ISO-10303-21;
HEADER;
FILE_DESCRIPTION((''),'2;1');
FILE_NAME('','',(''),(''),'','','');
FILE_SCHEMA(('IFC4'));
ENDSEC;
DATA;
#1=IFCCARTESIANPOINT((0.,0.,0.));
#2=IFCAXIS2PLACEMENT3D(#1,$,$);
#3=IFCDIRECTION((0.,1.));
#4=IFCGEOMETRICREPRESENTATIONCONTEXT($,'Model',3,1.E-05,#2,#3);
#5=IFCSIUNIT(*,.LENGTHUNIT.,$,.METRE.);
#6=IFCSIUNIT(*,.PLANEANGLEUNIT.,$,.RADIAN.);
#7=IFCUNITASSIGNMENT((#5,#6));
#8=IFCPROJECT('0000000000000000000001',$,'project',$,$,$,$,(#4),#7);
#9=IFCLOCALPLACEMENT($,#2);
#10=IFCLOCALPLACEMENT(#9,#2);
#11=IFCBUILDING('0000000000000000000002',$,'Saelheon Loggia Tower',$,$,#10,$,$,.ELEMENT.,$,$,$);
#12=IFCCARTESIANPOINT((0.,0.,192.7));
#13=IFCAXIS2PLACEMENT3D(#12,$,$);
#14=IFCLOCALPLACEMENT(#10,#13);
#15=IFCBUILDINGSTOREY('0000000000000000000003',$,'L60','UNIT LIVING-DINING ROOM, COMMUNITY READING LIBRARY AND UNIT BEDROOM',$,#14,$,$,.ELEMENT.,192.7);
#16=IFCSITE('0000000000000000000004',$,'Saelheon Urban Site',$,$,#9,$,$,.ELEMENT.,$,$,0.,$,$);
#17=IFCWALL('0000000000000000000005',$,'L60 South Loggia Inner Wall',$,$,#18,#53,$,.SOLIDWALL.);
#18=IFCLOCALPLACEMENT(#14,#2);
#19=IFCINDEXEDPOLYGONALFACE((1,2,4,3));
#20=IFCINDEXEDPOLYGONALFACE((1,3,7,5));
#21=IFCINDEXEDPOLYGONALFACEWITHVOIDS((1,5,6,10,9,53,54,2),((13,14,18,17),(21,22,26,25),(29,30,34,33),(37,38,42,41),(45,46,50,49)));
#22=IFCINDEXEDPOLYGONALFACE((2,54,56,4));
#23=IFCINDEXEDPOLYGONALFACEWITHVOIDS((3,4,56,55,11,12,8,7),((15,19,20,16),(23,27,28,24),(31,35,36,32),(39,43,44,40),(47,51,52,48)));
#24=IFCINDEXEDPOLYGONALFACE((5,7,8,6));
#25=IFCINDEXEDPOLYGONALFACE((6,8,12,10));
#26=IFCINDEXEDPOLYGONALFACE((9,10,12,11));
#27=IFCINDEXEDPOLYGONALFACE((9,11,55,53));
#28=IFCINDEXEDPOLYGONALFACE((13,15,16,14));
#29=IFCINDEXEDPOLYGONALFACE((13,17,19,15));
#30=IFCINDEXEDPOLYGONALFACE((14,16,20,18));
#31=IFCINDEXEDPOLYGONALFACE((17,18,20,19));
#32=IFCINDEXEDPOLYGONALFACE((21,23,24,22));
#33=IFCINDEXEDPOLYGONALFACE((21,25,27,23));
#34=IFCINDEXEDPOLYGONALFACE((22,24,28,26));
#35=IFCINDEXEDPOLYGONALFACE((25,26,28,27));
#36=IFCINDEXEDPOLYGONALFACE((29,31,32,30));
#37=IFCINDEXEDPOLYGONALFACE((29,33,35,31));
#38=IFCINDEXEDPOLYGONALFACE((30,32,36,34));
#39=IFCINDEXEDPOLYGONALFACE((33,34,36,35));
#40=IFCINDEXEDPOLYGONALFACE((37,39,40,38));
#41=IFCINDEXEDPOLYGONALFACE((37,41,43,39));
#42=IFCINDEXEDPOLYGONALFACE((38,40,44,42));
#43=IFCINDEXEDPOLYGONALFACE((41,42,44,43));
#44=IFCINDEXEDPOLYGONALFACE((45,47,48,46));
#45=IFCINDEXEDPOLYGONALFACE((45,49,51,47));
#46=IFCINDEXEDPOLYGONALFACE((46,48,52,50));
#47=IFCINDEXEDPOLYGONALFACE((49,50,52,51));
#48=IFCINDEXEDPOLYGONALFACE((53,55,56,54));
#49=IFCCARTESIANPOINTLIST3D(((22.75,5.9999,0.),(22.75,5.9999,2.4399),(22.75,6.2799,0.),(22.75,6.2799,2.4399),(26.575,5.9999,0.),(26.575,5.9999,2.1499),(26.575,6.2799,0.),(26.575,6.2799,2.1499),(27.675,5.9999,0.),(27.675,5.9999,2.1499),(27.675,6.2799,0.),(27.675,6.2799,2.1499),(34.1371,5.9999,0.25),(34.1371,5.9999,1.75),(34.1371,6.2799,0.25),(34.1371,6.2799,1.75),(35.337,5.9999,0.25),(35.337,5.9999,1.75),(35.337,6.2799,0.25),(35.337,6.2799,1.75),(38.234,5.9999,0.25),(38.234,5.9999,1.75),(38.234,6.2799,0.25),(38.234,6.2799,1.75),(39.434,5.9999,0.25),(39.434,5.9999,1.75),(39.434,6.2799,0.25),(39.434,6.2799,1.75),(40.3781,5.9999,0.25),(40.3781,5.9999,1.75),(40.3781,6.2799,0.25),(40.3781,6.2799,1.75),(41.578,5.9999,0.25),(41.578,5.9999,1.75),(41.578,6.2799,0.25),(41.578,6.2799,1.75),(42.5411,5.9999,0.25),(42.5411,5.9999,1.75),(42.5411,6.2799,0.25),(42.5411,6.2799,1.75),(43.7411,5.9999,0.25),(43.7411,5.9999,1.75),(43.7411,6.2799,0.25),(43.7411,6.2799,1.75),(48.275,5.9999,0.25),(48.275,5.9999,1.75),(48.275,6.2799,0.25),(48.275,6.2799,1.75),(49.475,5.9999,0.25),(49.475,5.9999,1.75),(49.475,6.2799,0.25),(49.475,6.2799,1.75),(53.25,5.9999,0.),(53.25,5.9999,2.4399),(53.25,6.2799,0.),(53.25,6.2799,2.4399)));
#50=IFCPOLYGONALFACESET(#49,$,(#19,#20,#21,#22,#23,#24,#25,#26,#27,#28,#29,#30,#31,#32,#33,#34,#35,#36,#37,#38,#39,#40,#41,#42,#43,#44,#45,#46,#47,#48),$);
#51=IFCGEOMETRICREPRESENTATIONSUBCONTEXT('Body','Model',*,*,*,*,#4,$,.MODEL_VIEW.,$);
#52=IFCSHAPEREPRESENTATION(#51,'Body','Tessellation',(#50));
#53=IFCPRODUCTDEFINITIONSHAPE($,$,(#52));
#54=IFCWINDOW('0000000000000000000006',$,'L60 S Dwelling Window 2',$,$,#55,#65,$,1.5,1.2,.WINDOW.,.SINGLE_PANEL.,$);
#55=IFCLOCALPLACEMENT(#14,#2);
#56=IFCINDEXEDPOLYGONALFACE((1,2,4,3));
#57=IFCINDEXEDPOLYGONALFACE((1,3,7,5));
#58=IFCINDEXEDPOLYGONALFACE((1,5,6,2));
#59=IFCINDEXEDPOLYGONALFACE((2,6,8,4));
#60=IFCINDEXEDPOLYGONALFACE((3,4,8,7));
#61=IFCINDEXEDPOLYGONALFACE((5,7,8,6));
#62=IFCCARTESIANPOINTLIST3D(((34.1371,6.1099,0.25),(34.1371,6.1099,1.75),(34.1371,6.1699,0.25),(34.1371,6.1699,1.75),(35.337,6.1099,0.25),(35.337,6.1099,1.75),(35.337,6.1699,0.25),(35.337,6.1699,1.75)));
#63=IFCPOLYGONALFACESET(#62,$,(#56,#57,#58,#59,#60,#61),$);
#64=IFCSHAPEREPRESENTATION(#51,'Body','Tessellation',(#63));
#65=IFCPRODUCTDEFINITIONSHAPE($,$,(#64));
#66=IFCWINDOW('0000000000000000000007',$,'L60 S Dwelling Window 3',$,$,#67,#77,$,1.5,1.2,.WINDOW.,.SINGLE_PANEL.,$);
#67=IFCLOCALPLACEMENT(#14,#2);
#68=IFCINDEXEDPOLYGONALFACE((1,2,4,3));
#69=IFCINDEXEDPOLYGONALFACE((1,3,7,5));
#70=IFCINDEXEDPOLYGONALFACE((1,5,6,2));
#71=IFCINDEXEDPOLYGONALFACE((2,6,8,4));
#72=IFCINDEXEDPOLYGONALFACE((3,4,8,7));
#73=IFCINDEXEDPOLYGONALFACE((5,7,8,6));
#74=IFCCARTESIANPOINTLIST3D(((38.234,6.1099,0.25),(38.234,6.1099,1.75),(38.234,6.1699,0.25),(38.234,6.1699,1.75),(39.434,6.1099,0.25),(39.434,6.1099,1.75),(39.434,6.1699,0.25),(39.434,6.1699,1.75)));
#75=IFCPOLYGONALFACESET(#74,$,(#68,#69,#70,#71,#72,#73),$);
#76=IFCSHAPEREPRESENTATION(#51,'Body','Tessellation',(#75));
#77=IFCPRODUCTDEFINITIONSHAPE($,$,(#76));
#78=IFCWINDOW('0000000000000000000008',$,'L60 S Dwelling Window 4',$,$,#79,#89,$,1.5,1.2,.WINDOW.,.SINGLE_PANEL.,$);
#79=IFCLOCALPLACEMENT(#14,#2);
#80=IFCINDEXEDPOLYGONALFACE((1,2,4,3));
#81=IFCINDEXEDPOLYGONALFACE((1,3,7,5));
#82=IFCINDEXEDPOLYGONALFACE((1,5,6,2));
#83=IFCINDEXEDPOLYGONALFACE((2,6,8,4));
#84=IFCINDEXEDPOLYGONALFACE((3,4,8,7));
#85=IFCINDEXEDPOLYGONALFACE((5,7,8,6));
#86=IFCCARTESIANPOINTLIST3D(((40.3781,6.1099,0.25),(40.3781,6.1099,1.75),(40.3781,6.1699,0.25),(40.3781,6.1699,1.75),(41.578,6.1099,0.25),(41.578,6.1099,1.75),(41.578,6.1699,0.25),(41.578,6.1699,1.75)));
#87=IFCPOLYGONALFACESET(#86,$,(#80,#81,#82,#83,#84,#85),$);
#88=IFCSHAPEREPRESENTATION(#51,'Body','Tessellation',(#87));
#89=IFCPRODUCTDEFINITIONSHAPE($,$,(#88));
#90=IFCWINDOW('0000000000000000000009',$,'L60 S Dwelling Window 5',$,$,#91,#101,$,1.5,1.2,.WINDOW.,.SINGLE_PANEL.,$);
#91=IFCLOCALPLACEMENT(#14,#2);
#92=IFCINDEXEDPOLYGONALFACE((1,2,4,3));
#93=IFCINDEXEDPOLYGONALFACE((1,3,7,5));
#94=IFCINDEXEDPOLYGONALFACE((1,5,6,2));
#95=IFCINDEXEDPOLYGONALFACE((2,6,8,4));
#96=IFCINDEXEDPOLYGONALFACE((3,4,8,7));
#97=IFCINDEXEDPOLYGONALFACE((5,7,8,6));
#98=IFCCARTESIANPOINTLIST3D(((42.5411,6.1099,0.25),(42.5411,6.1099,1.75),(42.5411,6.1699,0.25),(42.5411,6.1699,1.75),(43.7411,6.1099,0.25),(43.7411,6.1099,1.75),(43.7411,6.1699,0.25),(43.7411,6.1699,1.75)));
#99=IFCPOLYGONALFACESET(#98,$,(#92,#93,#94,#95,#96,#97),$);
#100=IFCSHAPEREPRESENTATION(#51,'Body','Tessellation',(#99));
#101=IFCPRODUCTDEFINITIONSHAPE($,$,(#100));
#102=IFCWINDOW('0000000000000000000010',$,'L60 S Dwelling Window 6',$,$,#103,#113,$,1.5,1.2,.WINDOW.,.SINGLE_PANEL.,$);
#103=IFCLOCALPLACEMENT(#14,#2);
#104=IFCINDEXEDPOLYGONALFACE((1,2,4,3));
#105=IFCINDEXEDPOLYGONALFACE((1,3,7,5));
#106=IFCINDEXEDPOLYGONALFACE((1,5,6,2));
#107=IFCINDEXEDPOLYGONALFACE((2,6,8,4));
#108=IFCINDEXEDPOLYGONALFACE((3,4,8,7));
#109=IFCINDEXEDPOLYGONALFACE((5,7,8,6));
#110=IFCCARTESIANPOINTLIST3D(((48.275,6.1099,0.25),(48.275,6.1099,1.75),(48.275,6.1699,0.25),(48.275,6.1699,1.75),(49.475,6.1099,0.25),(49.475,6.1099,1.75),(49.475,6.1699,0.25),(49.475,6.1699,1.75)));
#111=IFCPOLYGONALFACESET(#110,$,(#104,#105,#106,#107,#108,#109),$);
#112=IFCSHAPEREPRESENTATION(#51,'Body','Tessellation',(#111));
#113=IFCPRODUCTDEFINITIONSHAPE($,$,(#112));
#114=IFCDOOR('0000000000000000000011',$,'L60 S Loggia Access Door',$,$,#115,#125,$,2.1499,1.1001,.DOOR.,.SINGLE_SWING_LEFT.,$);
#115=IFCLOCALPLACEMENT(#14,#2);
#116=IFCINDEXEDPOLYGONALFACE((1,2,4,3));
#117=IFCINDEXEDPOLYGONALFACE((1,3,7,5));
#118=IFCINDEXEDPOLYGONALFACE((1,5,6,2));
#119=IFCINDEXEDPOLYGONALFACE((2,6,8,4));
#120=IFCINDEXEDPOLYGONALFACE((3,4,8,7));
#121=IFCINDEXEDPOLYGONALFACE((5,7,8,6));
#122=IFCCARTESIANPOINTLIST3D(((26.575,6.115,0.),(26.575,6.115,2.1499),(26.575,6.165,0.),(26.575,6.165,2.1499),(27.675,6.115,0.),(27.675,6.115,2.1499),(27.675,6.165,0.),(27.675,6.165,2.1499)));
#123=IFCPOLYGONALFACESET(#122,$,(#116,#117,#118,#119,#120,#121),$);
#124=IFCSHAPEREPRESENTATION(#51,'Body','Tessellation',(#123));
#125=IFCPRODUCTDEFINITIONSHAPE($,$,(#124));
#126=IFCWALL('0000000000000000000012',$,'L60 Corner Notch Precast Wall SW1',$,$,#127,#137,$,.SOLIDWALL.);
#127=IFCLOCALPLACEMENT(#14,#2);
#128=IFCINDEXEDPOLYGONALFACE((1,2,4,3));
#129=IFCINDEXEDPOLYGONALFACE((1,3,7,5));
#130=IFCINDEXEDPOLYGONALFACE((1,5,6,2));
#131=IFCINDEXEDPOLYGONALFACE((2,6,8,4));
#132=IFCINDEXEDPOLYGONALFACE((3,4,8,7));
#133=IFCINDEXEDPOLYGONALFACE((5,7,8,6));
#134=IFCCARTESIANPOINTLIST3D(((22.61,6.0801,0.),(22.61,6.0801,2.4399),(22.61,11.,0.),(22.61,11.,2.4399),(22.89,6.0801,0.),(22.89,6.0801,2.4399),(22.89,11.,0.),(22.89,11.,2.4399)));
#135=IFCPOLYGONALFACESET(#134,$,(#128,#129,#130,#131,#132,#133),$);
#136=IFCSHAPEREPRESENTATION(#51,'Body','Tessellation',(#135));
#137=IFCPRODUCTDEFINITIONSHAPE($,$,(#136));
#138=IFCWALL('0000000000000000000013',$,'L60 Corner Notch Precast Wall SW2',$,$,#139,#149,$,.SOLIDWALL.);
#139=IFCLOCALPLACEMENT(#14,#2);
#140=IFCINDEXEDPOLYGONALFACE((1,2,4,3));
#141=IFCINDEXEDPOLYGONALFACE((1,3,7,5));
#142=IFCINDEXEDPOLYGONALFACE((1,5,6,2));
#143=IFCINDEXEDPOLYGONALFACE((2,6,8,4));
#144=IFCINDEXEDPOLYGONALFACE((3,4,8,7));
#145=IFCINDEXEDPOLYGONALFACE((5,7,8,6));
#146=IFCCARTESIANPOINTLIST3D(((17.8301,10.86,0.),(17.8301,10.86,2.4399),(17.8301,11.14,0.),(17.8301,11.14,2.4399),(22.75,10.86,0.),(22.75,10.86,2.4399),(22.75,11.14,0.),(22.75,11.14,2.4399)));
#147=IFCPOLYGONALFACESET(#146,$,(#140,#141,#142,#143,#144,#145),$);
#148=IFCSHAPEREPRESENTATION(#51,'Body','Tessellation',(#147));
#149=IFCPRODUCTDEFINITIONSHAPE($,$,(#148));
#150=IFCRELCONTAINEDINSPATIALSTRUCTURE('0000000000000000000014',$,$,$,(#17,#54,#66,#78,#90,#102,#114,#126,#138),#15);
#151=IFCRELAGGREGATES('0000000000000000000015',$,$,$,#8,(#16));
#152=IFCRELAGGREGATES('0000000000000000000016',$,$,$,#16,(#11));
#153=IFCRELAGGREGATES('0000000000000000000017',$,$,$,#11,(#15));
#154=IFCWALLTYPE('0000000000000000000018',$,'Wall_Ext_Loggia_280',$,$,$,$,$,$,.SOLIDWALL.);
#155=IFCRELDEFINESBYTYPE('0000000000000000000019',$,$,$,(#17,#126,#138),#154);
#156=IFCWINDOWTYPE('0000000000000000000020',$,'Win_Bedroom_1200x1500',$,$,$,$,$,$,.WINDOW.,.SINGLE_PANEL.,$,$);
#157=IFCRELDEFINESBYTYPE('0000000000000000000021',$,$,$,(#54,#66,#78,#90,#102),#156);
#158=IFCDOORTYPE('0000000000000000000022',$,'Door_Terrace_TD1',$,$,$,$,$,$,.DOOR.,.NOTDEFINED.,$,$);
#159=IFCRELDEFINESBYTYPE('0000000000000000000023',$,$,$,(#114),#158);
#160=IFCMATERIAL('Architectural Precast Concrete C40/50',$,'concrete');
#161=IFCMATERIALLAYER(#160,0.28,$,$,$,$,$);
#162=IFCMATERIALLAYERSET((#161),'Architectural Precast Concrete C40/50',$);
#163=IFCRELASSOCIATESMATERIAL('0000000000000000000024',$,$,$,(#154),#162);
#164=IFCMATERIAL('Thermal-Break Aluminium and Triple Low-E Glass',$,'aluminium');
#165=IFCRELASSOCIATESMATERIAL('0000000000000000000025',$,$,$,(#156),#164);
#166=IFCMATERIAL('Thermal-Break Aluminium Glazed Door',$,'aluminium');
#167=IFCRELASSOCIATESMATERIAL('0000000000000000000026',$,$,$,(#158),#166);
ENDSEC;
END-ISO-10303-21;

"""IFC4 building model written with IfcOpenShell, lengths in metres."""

from ifc_helpers import new_model, si_unit, direction, frame, frame_2d, origin, place, context, subcontext, project, spatial, rectangle, extrude, source, transform, mapped, material, layer, layer_set, type_object, element, fill, save


model = new_model("IFC4")

# Units and contexts
model_context = context("Model", 3, precision=1e-05, world=origin(), true_north=direction((0.0, 1.0)))
body_context = subcontext(model_context, "Body", "Model", "MODEL_VIEW")
ifc_project = project(units=[si_unit("LENGTHUNIT", "METRE"), si_unit("PLANEANGLEUNIT", "RADIAN")], contexts=[model_context])

# Site, building, storey
site_placement = place(None, origin())
site = spatial("IfcSite", under=ifc_project, at=site_placement, Name="Saelheon Urban Site", CompositionType="ELEMENT", RefElevation=0.0)
building_placement = place(site_placement, origin())
building = spatial("IfcBuilding", under=site, at=building_placement, Name="Saelheon Loggia Tower", CompositionType="ELEMENT")
storey_placement = place(building_placement, frame((0.0, 0.0, 192.7)))
storey = spatial("IfcBuildingStorey", under=building, at=storey_placement, Name="L60", Description="UNIT LIVING-DINING ROOM, COMMUNITY READING LIBRARY AND UNIT BEDROOM", CompositionType="ELEMENT", Elevation=192.7)

# Wall, openings, windows, door
ifc_material_1 = material(Name="Architectural Precast Concrete C40/50", Category="concrete")
ifc_layer = layer(ifc_material_1, 0.28)
ifc_layer_set = layer_set([ifc_layer], Name="Architectural Precast Concrete C40/50")
wall_type = type_object("IfcWallType", Name="Wall_Ext_Loggia_280", PredefinedType="SOLIDWALL", material=ifc_layer_set)
wall_placement = place(storey_placement, frame((22.75, 6.1399, 0.0), z_axis=(0.0, 0.0, 1.0), x_axis=(1.0, 0.0, 0.0)))
wall = element("IfcWall", 1, at=wall_placement, inside=storey, type_object=wall_type, Name="L60 South Loggia Inner Wall", PredefinedType="SOLIDWALL", context=body_context, shape_type="SweptSolid", body=[
    extrude(rectangle(XDim=30.5, YDim=0.28, at=frame_2d((15.25, 0.0))), origin(), (0.0, 0.0, 1.0), 2.4399),
])
opening_1_placement = place(wall_placement, frame((4.925, 0.0, 0.0), z_axis=(0.0, 0.0, 1.0), x_axis=(-1.0, 0.0, 0.0)))
opening_1 = element("IfcOpeningElement", 2, at=opening_1_placement, cuts=wall, PredefinedType="OPENING", context=body_context, shape_type="SweptSolid", body=[
    extrude(rectangle(XDim=1.1001, YDim=2.1499, at=frame_2d((0.55, 1.075))), frame((0.0, 0.1521, 0.0), z_axis=(0.0, -1.0, 0.0), x_axis=(1.0, 0.0, 0.0)), (0.0, 0.0, 1.0), 0.304),
])
opening_2_placement = place(wall_placement, frame((11.387, 0.0, 0.25)))
opening_2 = element("IfcOpeningElement", 3, at=opening_2_placement, cuts=wall, PredefinedType="OPENING", context=body_context, shape_type="SweptSolid", body=[
    extrude(rectangle(XDim=1.2, YDim=1.5, at=frame_2d((0.6001, 0.75))), frame((0.0, 0.1521, 0.0), z_axis=(0.0, -1.0, 0.0), x_axis=(1.0, 0.0, 0.0)), (0.0, 0.0, 1.0), 0.304),
])
opening_3_placement = place(wall_placement, frame((15.4839, 0.0, 0.25)))
opening_3 = element("IfcOpeningElement", 4, at=opening_3_placement, cuts=wall, PredefinedType="OPENING", context=body_context, shape_type="SweptSolid", body=[
    extrude(rectangle(XDim=1.2, YDim=1.5, at=frame_2d((0.6001, 0.75))), frame((0.0, 0.1521, 0.0), z_axis=(0.0, -1.0, 0.0), x_axis=(1.0, 0.0, 0.0)), (0.0, 0.0, 1.0), 0.304),
])
opening_4_placement = place(wall_placement, frame((17.6279, 0.0, 0.25)))
opening_4 = element("IfcOpeningElement", 5, at=opening_4_placement, cuts=wall, PredefinedType="OPENING", context=body_context, shape_type="SweptSolid", body=[
    extrude(rectangle(XDim=1.2, YDim=1.5, at=frame_2d((0.6001, 0.75))), frame((0.0, 0.1521, 0.0), z_axis=(0.0, -1.0, 0.0), x_axis=(1.0, 0.0, 0.0)), (0.0, 0.0, 1.0), 0.304),
])
opening_5_placement = place(wall_placement, frame((19.791, 0.0, 0.25)))
opening_5 = element("IfcOpeningElement", 6, at=opening_5_placement, cuts=wall, PredefinedType="OPENING", context=body_context, shape_type="SweptSolid", body=[
    extrude(rectangle(XDim=1.2, YDim=1.5, at=frame_2d((0.6001, 0.75))), frame((0.0, 0.1521, 0.0), z_axis=(0.0, -1.0, 0.0), x_axis=(1.0, 0.0, 0.0)), (0.0, 0.0, 1.0), 0.304),
])
opening_6_placement = place(wall_placement, frame((25.5249, 0.0, 0.25)))
opening_6 = element("IfcOpeningElement", 7, at=opening_6_placement, cuts=wall, PredefinedType="OPENING", context=body_context, shape_type="SweptSolid", body=[
    extrude(rectangle(XDim=1.2, YDim=1.5, at=frame_2d((0.6001, 0.75))), frame((0.0, 0.1521, 0.0), z_axis=(0.0, -1.0, 0.0), x_axis=(1.0, 0.0, 0.0)), (0.0, 0.0, 1.0), 0.304),
])
ifc_material_2 = material(Name="Thermal-Break Aluminium and Triple Low-E Glass", Category="aluminium")
window_type = type_object("IfcWindowType", Name="Win_Bedroom_1200x1500", PartitioningType="SINGLE_PANEL", PredefinedType="WINDOW", material=ifc_material_2)
shared_shape_1 = source(origin(), body_context, "Body", "SweptSolid", [
    extrude(rectangle(XDim=1.2, YDim=1.5, at=frame_2d((0.6001, 0.75))), frame((0.0, 0.03, 0.0), z_axis=(0.0, -1.0, 0.0), x_axis=(1.0, 0.0, 0.0)), (0.0, 0.0, 1.0), 0.0601),
])
window_1_placement = place(opening_2_placement, origin())
window_1 = element("IfcWindow", 8, at=window_1_placement, inside=storey, type_object=window_type, Name="L60 S Dwelling Window 2", OverallHeight=1.5, OverallWidth=1.2, PartitioningType="SINGLE_PANEL", PredefinedType="WINDOW", context=body_context, shape_type="MappedRepresentation", body=[
    mapped(shared_shape_1, transform((0.0, 0.0, 0.0), scale=1.0)),
])
fill(opening_2, window_1)
window_2_placement = place(opening_3_placement, origin())
window_2 = element("IfcWindow", 9, at=window_2_placement, inside=storey, type_object=window_type, Name="L60 S Dwelling Window 3", OverallHeight=1.5, OverallWidth=1.2, PartitioningType="SINGLE_PANEL", PredefinedType="WINDOW", context=body_context, shape_type="MappedRepresentation", body=[
    mapped(shared_shape_1, transform((0.0, 0.0, 0.0), scale=1.0)),
])
fill(opening_3, window_2)
window_3_placement = place(opening_4_placement, origin())
window_3 = element("IfcWindow", 10, at=window_3_placement, inside=storey, type_object=window_type, Name="L60 S Dwelling Window 4", OverallHeight=1.5, OverallWidth=1.2, PartitioningType="SINGLE_PANEL", PredefinedType="WINDOW", context=body_context, shape_type="MappedRepresentation", body=[
    mapped(shared_shape_1, transform((0.0, 0.0, 0.0), scale=1.0)),
])
fill(opening_4, window_3)
window_4_placement = place(opening_5_placement, origin())
window_4 = element("IfcWindow", 11, at=window_4_placement, inside=storey, type_object=window_type, Name="L60 S Dwelling Window 5", OverallHeight=1.5, OverallWidth=1.2, PartitioningType="SINGLE_PANEL", PredefinedType="WINDOW", context=body_context, shape_type="MappedRepresentation", body=[
    mapped(shared_shape_1, transform((0.0, 0.0, 0.0), scale=1.0)),
])
fill(opening_5, window_4)
window_5_placement = place(opening_6_placement, origin())
window_5 = element("IfcWindow", 12, at=window_5_placement, inside=storey, type_object=window_type, Name="L60 S Dwelling Window 6", OverallHeight=1.5, OverallWidth=1.2, PartitioningType="SINGLE_PANEL", PredefinedType="WINDOW", context=body_context, shape_type="MappedRepresentation", body=[
    mapped(shared_shape_1, transform((0.0, 0.0, 0.0), scale=1.0)),
])
fill(opening_6, window_5)
ifc_material_3 = material(Name="Thermal-Break Aluminium Glazed Door", Category="aluminium")
door_type = type_object("IfcDoorType", Name="Door_Terrace_TD1", OperationType="NOTDEFINED", PredefinedType="DOOR", material=ifc_material_3)
shared_shape_2 = source(origin(), body_context, "Body", "SweptSolid", [
    extrude(rectangle(XDim=1.1001, YDim=2.1499, at=frame_2d((0.55, 1.075))), frame((0.0, 0.0249, 0.0), z_axis=(0.0, -1.0, 0.0), x_axis=(1.0, 0.0, 0.0)), (0.0, 0.0, 1.0), 0.05),
])
door_placement = place(opening_1_placement, origin())
door = element("IfcDoor", 13, at=door_placement, inside=storey, type_object=door_type, Name="L60 S Loggia Access Door", OperationType="SINGLE_SWING_LEFT", OverallHeight=2.1499, OverallWidth=1.1001, PredefinedType="DOOR", context=body_context, shape_type="MappedRepresentation", body=[
    mapped(shared_shape_2, transform((0.0, 0.0, 0.0), scale=1.0)),
])
fill(opening_1, door)

# Walls
for number, where, z_axis, x_axis, name in (
    (14, (22.75, 6.0801, 0.0), (0.0, 0.0, 1.0), (0.0, 1.0, 0.0), "L60 Corner Notch Precast Wall SW1"),
    (15, (17.8301, 11.0, 0.0), (0.0, 0.0, 1.0), (1.0, 0.0, 0.0), "L60 Corner Notch Precast Wall SW2"),
):
    element("IfcWall", number, at=place(storey_placement, frame(where, z_axis=z_axis, x_axis=x_axis)), inside=storey, type_object=wall_type, Name=name, PredefinedType="SOLIDWALL", context=body_context, shape_type="SweptSolid", body=[
        extrude(rectangle(XDim=4.9199, YDim=0.28, at=frame_2d((2.46, 0.0))), origin(), (0.0, 0.0, 1.0), 2.4399),
    ])

save(model, "model.ifc")
